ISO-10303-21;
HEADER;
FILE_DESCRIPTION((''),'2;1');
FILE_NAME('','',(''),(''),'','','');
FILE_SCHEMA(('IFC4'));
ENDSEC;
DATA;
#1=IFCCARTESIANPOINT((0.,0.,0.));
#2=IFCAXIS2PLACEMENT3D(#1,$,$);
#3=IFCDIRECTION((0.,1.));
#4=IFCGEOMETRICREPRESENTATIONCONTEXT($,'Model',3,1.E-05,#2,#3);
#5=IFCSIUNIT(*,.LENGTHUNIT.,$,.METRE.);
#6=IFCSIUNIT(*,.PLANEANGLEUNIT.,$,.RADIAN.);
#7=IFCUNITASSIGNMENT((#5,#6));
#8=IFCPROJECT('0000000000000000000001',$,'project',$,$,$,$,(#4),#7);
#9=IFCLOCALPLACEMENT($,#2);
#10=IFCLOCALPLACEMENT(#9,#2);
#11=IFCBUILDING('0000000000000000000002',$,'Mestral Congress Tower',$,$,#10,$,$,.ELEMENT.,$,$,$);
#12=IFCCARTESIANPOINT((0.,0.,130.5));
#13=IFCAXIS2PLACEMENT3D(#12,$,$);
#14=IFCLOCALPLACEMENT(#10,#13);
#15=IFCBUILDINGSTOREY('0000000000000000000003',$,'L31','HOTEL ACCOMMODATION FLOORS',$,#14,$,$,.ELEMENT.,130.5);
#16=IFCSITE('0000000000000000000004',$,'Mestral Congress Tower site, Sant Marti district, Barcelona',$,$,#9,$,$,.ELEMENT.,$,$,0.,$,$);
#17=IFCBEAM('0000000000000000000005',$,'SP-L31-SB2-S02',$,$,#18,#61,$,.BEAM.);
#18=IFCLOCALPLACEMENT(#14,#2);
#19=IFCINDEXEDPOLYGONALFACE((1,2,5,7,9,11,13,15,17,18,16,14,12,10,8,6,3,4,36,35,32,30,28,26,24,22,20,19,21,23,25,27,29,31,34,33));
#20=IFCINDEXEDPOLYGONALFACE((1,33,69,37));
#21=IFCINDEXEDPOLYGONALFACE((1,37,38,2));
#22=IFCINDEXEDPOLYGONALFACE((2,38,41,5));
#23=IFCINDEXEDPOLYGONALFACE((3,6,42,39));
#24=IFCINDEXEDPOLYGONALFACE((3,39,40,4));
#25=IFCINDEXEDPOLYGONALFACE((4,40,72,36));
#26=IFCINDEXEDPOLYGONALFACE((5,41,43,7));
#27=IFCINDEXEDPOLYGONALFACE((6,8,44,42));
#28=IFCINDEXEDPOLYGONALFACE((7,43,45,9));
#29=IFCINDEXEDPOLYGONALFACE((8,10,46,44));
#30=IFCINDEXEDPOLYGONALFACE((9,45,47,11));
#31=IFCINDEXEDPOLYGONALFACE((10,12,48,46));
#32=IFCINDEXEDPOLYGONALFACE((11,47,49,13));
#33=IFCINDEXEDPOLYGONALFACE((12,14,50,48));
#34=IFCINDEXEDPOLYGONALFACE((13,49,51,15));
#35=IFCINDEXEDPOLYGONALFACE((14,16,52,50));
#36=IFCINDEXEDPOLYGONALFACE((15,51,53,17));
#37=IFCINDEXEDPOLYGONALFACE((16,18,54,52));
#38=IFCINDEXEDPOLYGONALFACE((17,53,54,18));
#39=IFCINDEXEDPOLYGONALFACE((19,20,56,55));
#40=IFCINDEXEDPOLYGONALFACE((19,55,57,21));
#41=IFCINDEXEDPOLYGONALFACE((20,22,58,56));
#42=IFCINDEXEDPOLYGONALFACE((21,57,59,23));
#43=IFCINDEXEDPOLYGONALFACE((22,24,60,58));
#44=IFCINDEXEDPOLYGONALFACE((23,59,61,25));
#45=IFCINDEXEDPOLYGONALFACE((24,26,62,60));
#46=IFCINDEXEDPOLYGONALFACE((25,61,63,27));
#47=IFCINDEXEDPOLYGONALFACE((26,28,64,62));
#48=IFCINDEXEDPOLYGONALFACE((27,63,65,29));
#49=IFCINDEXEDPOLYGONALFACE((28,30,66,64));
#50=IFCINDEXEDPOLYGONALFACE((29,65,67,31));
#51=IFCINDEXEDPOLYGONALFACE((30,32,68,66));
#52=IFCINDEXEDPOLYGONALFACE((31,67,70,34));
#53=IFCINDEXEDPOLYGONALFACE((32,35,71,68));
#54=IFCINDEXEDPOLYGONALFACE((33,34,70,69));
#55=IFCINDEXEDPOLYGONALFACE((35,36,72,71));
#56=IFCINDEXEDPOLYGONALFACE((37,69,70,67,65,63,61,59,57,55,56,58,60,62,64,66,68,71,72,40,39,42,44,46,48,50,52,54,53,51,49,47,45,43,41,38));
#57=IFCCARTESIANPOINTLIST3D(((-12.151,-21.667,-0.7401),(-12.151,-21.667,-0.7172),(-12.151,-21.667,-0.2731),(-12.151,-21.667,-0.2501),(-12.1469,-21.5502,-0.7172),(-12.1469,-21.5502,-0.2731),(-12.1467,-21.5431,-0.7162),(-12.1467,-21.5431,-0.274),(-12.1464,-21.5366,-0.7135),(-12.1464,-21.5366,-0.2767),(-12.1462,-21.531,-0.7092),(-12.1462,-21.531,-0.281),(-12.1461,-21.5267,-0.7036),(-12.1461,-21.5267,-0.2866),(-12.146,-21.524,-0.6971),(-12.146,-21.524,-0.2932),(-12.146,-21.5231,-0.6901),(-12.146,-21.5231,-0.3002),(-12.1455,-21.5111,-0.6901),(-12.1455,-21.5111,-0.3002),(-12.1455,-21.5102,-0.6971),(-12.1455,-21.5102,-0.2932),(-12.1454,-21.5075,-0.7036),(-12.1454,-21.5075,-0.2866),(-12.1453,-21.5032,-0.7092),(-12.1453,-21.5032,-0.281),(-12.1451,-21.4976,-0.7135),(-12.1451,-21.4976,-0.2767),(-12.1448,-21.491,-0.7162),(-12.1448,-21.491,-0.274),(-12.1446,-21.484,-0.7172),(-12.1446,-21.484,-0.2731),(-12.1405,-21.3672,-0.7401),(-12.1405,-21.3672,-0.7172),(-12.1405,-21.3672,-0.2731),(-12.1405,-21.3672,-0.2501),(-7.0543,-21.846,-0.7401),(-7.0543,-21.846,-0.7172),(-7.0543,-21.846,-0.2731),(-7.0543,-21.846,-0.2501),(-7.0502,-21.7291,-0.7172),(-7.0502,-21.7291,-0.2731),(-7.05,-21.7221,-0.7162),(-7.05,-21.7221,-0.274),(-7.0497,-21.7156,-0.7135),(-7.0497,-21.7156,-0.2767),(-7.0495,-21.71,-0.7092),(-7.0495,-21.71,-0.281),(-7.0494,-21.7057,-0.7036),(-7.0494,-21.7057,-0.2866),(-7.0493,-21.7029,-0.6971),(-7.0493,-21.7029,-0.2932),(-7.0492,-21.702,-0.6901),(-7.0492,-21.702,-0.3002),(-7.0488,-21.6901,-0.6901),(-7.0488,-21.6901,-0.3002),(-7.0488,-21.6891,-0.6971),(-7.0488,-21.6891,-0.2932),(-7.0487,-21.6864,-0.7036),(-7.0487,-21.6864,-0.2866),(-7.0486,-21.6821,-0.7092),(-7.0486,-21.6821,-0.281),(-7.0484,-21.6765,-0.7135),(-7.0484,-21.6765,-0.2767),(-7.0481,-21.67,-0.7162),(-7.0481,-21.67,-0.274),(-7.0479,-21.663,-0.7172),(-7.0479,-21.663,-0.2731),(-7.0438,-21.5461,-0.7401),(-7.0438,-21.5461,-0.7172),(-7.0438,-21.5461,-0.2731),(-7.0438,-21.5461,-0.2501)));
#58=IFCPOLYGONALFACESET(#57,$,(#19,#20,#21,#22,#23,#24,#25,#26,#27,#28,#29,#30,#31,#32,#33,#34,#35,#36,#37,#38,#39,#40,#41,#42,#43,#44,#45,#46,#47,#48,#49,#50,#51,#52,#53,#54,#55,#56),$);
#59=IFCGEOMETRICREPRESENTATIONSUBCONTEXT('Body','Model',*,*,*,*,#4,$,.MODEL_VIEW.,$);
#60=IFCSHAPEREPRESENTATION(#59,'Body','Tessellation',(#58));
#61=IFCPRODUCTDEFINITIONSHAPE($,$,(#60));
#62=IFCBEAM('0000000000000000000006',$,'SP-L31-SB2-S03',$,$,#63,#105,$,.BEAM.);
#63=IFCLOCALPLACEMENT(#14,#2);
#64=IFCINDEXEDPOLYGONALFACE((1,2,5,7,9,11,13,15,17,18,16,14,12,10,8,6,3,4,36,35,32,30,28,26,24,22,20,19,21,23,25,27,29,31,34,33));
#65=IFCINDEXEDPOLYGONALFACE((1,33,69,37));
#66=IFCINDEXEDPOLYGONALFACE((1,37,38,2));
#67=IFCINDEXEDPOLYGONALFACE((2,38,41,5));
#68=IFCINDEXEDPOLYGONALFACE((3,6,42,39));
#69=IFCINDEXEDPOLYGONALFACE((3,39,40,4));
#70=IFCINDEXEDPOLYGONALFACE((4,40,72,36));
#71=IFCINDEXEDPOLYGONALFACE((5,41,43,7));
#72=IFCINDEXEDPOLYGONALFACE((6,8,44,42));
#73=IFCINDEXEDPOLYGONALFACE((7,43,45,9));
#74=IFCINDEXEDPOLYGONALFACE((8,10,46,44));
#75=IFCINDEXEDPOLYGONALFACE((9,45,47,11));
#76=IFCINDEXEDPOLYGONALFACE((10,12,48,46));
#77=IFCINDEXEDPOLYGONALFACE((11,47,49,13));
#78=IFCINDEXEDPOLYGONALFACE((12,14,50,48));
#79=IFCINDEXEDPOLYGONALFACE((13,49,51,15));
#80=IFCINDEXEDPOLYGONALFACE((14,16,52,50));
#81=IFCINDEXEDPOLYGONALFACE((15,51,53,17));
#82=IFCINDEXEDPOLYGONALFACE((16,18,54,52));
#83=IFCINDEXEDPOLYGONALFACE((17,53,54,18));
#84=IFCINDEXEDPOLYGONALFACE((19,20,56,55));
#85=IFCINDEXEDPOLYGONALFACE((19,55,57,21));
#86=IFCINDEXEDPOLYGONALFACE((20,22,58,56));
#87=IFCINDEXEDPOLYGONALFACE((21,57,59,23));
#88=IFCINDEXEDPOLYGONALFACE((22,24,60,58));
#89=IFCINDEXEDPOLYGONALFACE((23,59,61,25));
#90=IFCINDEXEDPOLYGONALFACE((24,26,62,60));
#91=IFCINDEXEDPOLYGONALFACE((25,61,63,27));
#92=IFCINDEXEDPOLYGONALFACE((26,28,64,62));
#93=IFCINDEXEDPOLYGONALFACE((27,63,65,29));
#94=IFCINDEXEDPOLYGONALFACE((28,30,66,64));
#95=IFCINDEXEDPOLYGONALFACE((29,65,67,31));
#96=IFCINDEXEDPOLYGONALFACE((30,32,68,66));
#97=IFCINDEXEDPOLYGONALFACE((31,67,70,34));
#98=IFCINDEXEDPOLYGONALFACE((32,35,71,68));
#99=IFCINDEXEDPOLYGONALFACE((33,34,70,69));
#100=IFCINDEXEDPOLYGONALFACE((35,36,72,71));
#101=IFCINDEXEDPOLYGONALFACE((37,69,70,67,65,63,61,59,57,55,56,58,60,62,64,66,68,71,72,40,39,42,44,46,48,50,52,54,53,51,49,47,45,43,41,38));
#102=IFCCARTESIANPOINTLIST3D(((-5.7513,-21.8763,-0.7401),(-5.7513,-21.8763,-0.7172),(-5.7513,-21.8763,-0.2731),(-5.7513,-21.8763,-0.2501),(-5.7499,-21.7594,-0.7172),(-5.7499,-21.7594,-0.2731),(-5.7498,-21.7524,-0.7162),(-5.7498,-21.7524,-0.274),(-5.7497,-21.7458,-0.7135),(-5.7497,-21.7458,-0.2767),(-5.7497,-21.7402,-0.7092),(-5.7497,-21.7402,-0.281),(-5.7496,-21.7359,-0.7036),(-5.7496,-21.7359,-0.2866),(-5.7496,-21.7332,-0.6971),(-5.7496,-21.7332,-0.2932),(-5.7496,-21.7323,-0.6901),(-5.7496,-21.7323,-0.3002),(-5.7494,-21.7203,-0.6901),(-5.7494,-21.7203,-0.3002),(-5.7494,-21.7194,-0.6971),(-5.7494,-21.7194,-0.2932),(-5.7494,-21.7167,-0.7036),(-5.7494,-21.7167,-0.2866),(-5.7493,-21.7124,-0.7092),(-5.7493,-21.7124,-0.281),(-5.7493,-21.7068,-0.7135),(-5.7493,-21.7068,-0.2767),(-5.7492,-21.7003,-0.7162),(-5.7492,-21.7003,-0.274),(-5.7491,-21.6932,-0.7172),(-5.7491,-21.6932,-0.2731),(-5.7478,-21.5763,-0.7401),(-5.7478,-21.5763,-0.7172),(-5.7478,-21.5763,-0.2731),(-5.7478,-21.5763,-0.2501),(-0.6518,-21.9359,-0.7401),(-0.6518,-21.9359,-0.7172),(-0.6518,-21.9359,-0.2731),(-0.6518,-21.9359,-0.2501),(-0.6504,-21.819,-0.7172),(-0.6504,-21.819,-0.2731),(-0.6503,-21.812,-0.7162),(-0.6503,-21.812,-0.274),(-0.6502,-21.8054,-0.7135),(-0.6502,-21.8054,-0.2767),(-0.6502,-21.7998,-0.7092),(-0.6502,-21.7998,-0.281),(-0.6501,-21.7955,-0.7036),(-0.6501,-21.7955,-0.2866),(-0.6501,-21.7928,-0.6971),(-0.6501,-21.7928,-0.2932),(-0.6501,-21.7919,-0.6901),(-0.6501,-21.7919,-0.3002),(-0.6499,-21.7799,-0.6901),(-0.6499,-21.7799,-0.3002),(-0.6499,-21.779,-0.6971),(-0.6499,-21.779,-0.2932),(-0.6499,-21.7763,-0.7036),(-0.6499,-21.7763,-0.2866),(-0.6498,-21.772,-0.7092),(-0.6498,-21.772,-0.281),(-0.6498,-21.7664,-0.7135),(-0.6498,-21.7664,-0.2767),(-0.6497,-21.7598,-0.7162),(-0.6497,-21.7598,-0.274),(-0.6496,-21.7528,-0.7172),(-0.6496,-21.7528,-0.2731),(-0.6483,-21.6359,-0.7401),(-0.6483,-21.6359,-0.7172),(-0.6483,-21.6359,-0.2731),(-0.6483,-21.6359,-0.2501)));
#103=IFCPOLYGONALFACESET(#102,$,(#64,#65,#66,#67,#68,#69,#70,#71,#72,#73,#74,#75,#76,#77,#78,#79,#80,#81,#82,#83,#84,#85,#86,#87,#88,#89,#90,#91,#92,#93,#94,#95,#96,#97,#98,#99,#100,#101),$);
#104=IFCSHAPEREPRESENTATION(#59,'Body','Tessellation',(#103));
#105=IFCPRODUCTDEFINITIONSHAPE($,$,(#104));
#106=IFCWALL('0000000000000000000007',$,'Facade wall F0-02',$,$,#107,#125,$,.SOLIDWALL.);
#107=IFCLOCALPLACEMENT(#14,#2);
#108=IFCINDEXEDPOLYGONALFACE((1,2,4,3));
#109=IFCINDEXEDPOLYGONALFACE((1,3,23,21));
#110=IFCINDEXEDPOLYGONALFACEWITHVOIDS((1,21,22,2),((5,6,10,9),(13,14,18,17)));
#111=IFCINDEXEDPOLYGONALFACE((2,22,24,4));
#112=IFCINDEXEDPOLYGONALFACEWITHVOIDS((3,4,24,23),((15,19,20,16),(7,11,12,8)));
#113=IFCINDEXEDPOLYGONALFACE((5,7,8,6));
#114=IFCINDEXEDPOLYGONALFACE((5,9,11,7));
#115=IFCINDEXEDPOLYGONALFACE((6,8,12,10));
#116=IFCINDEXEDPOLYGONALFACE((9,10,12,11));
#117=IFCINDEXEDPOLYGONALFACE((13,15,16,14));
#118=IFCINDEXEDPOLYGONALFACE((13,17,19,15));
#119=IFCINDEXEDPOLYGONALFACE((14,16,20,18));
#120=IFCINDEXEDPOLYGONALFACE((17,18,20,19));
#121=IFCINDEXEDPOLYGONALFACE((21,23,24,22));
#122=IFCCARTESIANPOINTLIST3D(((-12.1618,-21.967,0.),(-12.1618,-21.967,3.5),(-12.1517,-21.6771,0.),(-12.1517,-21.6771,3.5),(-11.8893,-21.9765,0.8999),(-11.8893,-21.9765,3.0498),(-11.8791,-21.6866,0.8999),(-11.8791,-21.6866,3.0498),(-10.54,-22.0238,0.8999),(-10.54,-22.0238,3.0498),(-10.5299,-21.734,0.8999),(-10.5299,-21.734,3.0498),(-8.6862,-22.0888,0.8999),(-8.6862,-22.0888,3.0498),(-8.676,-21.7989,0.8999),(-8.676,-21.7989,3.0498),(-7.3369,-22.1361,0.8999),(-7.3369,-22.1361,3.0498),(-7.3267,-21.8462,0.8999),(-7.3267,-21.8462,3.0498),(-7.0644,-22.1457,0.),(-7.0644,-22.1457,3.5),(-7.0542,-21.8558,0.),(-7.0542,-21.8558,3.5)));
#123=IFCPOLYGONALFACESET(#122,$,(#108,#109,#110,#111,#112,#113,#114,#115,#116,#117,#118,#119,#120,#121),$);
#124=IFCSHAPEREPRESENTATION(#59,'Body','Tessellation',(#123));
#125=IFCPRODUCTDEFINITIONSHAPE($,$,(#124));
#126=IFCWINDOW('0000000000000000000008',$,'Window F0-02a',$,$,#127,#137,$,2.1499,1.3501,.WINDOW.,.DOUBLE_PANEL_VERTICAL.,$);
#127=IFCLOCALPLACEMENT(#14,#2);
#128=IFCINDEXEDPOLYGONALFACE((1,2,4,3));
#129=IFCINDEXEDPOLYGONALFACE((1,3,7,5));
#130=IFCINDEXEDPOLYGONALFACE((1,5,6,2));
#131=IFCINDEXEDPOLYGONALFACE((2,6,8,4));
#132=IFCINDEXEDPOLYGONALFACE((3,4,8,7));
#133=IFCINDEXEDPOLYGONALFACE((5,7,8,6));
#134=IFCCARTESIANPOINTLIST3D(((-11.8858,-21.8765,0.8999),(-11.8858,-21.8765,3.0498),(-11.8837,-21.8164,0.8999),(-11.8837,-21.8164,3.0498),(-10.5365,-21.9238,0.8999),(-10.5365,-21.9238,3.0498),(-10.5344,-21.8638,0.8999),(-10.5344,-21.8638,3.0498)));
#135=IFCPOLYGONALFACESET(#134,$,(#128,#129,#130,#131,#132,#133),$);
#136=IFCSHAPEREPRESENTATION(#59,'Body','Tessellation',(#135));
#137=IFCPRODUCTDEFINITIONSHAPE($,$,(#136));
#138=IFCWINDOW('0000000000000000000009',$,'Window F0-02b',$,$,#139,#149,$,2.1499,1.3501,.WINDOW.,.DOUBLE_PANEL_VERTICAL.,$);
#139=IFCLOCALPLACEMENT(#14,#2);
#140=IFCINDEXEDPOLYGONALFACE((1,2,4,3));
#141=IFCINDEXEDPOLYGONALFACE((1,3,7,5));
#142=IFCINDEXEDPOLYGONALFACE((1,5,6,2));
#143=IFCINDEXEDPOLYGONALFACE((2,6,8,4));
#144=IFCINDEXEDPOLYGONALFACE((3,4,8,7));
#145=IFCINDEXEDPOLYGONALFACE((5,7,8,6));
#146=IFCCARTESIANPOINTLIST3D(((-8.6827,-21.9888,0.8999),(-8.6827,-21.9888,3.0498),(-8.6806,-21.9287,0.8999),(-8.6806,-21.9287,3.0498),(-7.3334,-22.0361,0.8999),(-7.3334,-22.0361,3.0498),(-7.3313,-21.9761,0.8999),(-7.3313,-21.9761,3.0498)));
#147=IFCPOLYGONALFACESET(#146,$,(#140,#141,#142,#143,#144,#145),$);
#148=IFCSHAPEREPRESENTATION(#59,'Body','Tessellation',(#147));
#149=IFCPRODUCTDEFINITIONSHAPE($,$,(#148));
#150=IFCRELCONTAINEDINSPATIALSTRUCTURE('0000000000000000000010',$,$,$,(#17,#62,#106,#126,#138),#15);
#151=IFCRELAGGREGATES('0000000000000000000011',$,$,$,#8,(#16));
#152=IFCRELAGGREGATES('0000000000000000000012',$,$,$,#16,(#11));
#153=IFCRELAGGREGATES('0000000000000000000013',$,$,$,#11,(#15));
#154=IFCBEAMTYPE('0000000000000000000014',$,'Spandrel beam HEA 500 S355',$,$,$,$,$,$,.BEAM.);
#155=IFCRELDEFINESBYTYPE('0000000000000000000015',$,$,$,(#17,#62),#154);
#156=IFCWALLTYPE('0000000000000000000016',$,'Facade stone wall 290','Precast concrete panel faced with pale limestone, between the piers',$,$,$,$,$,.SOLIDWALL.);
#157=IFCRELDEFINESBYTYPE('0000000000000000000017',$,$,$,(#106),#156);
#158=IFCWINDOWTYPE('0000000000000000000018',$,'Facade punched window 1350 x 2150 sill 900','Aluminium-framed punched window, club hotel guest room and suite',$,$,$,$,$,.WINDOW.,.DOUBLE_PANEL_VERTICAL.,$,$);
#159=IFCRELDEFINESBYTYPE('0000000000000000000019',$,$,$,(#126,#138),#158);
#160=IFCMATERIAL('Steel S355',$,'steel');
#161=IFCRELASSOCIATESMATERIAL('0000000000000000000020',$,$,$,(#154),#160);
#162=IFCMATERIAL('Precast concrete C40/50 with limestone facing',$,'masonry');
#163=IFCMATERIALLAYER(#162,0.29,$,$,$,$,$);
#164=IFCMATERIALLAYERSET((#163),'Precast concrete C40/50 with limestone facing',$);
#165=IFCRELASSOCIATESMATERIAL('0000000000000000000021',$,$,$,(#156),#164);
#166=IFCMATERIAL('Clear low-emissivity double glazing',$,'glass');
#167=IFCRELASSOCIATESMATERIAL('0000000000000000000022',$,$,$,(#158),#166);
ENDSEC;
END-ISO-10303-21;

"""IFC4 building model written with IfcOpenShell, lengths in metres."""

from ifc_helpers import new_model, si_unit, direction, frame, frame_2d, origin, origin_2d, place, context, subcontext, project, spatial, rectangle, i_section, extrude, material, layer, layer_set, material_profile, profile_set, type_object, element, fill, save


model = new_model("IFC4")

# Units and contexts
model_context = context("Model", 3, precision=1e-05, world=origin(), true_north=direction((0.0, 1.0)))
body_context = subcontext(model_context, "Body", "Model", "MODEL_VIEW")
ifc_project = project(units=[si_unit("LENGTHUNIT", "METRE"), si_unit("PLANEANGLEUNIT", "RADIAN")], contexts=[model_context])

# Site, building, storey
site_placement = place(None, origin())
site = spatial("IfcSite", under=ifc_project, at=site_placement, Name="Mestral Congress Tower site, Sant Marti district, Barcelona", CompositionType="ELEMENT", RefElevation=0.0)
building_placement = place(site_placement, origin())
building = spatial("IfcBuilding", under=site, at=building_placement, Name="Mestral Congress Tower", CompositionType="ELEMENT")
storey_placement = place(building_placement, frame((0.0, 0.0, 130.5)))
storey = spatial("IfcBuildingStorey", under=building, at=storey_placement, Name="L31", Description="HOTEL ACCOMMODATION FLOORS", CompositionType="ELEMENT", Elevation=130.5)

# Beams
ifc_material_1 = material(Name="Steel S355", Category="steel")
ifc_material_profile_1 = material_profile(ifc_material_1, i_section(OverallWidth=0.3, OverallDepth=0.49, WebThickness=0.012, FlangeThickness=0.0229, FilletRadius=0.0271, at=origin_2d()), Name="HEA 500")
ifc_profile_set_1 = profile_set([ifc_material_profile_1], Name="Steel S355")
beam_type_1 = type_object("IfcBeamType", Name="Spandrel beam HEA 500 S355", PredefinedType="BEAM", material=ifc_profile_set_1)
for number, where, z_axis, x_axis, name in (
    (1, (-12.1458, -21.5171, -0.4951), (0.999384, -0.03509, 0.0), (0.03509, 0.999384, 0.0), "SP-L31-SB2-S02"),
    (2, (-5.7495, -21.7263, -0.4951), (0.999932, -0.011681, 0.0), (0.011681, 0.999932, 0.0), "SP-L31-SB2-S03"),
):
    element("IfcBeam", number, at=place(storey_placement, frame(where, z_axis=z_axis, x_axis=x_axis)), inside=storey, type_object=beam_type_1, Name=name, PredefinedType="BEAM", context=body_context, shape_type="SweptSolid", body=[
        extrude(i_section(OverallWidth=0.3, OverallDepth=0.49, WebThickness=0.012, FlangeThickness=0.0229, FilletRadius=0.0271, at=origin_2d()), origin(), (0.0, 0.0, 1.0), 5.0999),
    ])

# Wall, openings, windows
ifc_material_2 = material(Name="Precast concrete C40/50 with limestone facing", Category="masonry")
ifc_layer_1 = layer(ifc_material_2, 0.29)
ifc_layer_set_1 = layer_set([ifc_layer_1], Name="Precast concrete C40/50 with limestone facing")
wall_type_1 = type_object("IfcWallType", Name="Facade stone wall 290", Description="Precast concrete panel faced with pale limestone, between the piers", PredefinedType="SOLIDWALL", material=ifc_layer_set_1)
wall_1_placement = place(storey_placement, frame((-12.1567, -21.822, 0.0), z_axis=(0.0, 0.0, 1.0), x_axis=(0.999386, -0.035038, 0.0)))
wall_1 = element("IfcWall", 3, at=wall_1_placement, inside=storey, type_object=wall_type_1, Name="Facade wall F0-02", PredefinedType="SOLIDWALL", context=body_context, shape_type="SweptSolid", body=[
    extrude(rectangle(XDim=5.1006, YDim=0.29, at=frame_2d((2.5503, 0.0))), origin(), (0.0, 0.0, 1.0), 3.5),
])
opening_1_placement = place(wall_1_placement, frame((0.2727, 0.0, 0.8999)))
opening_1 = element("IfcOpeningElement", 4, at=opening_1_placement, cuts=wall_1, PredefinedType="OPENING", context=body_context, shape_type="SweptSolid", body=[
    extrude(rectangle(XDim=1.3501, YDim=2.1499, at=frame_2d((0.675, 1.075))), frame((0.0, 0.155, 0.0), z_axis=(0.0, -1.0, 0.0), x_axis=(1.0, 0.0, 0.0)), (0.0, 0.0, 1.0), 0.3101),
])
opening_2_placement = place(wall_1_placement, frame((3.4778, 0.0, 0.8999)))
opening_2 = element("IfcOpeningElement", 5, at=opening_2_placement, cuts=wall_1, PredefinedType="OPENING", context=body_context, shape_type="SweptSolid", body=[
    extrude(rectangle(XDim=1.3501, YDim=2.1499, at=frame_2d((0.675, 1.075))), frame((0.0, 0.155, 0.0), z_axis=(0.0, -1.0, 0.0), x_axis=(1.0, 0.0, 0.0)), (0.0, 0.0, 1.0), 0.3101),
])
ifc_material_3 = material(Name="Clear low-emissivity double glazing", Category="glass")
window_type = type_object("IfcWindowType", Name="Facade punched window 1350 x 2150 sill 900", Description="Aluminium-framed punched window, club hotel guest room and suite", PartitioningType="DOUBLE_PANEL_VERTICAL", PredefinedType="WINDOW", material=ifc_material_3)
window_1_placement = place(opening_1_placement, origin())
window_1 = element("IfcWindow", 6, at=window_1_placement, inside=storey, type_object=window_type, Name="Window F0-02a", OverallHeight=2.1499, OverallWidth=1.3501, PartitioningType="DOUBLE_PANEL_VERTICAL", PredefinedType="WINDOW", context=body_context, shape_type="SweptSolid", body=[
    extrude(rectangle(XDim=1.3501, YDim=2.1499, at=frame_2d((0.675, 1.075))), frame((0.0, 0.0151, 0.0), z_axis=(0.0, -1.0, 0.0), x_axis=(1.0, 0.0, 0.0)), (0.0, 0.0, 1.0), 0.0601),
])
fill(opening_1, window_1)
window_2_placement = place(opening_2_placement, origin())
window_2 = element("IfcWindow", 7, at=window_2_placement, inside=storey, type_object=window_type, Name="Window F0-02b", OverallHeight=2.1499, OverallWidth=1.3501, PartitioningType="DOUBLE_PANEL_VERTICAL", PredefinedType="WINDOW", context=body_context, shape_type="SweptSolid", body=[
    extrude(rectangle(XDim=1.3501, YDim=2.1499, at=frame_2d((0.675, 1.075))), frame((0.0, 0.0151, 0.0), z_axis=(0.0, -1.0, 0.0), x_axis=(1.0, 0.0, 0.0)), (0.0, 0.0, 1.0), 0.0601),
])
fill(opening_2, window_2)

save(model, "model.ifc")
